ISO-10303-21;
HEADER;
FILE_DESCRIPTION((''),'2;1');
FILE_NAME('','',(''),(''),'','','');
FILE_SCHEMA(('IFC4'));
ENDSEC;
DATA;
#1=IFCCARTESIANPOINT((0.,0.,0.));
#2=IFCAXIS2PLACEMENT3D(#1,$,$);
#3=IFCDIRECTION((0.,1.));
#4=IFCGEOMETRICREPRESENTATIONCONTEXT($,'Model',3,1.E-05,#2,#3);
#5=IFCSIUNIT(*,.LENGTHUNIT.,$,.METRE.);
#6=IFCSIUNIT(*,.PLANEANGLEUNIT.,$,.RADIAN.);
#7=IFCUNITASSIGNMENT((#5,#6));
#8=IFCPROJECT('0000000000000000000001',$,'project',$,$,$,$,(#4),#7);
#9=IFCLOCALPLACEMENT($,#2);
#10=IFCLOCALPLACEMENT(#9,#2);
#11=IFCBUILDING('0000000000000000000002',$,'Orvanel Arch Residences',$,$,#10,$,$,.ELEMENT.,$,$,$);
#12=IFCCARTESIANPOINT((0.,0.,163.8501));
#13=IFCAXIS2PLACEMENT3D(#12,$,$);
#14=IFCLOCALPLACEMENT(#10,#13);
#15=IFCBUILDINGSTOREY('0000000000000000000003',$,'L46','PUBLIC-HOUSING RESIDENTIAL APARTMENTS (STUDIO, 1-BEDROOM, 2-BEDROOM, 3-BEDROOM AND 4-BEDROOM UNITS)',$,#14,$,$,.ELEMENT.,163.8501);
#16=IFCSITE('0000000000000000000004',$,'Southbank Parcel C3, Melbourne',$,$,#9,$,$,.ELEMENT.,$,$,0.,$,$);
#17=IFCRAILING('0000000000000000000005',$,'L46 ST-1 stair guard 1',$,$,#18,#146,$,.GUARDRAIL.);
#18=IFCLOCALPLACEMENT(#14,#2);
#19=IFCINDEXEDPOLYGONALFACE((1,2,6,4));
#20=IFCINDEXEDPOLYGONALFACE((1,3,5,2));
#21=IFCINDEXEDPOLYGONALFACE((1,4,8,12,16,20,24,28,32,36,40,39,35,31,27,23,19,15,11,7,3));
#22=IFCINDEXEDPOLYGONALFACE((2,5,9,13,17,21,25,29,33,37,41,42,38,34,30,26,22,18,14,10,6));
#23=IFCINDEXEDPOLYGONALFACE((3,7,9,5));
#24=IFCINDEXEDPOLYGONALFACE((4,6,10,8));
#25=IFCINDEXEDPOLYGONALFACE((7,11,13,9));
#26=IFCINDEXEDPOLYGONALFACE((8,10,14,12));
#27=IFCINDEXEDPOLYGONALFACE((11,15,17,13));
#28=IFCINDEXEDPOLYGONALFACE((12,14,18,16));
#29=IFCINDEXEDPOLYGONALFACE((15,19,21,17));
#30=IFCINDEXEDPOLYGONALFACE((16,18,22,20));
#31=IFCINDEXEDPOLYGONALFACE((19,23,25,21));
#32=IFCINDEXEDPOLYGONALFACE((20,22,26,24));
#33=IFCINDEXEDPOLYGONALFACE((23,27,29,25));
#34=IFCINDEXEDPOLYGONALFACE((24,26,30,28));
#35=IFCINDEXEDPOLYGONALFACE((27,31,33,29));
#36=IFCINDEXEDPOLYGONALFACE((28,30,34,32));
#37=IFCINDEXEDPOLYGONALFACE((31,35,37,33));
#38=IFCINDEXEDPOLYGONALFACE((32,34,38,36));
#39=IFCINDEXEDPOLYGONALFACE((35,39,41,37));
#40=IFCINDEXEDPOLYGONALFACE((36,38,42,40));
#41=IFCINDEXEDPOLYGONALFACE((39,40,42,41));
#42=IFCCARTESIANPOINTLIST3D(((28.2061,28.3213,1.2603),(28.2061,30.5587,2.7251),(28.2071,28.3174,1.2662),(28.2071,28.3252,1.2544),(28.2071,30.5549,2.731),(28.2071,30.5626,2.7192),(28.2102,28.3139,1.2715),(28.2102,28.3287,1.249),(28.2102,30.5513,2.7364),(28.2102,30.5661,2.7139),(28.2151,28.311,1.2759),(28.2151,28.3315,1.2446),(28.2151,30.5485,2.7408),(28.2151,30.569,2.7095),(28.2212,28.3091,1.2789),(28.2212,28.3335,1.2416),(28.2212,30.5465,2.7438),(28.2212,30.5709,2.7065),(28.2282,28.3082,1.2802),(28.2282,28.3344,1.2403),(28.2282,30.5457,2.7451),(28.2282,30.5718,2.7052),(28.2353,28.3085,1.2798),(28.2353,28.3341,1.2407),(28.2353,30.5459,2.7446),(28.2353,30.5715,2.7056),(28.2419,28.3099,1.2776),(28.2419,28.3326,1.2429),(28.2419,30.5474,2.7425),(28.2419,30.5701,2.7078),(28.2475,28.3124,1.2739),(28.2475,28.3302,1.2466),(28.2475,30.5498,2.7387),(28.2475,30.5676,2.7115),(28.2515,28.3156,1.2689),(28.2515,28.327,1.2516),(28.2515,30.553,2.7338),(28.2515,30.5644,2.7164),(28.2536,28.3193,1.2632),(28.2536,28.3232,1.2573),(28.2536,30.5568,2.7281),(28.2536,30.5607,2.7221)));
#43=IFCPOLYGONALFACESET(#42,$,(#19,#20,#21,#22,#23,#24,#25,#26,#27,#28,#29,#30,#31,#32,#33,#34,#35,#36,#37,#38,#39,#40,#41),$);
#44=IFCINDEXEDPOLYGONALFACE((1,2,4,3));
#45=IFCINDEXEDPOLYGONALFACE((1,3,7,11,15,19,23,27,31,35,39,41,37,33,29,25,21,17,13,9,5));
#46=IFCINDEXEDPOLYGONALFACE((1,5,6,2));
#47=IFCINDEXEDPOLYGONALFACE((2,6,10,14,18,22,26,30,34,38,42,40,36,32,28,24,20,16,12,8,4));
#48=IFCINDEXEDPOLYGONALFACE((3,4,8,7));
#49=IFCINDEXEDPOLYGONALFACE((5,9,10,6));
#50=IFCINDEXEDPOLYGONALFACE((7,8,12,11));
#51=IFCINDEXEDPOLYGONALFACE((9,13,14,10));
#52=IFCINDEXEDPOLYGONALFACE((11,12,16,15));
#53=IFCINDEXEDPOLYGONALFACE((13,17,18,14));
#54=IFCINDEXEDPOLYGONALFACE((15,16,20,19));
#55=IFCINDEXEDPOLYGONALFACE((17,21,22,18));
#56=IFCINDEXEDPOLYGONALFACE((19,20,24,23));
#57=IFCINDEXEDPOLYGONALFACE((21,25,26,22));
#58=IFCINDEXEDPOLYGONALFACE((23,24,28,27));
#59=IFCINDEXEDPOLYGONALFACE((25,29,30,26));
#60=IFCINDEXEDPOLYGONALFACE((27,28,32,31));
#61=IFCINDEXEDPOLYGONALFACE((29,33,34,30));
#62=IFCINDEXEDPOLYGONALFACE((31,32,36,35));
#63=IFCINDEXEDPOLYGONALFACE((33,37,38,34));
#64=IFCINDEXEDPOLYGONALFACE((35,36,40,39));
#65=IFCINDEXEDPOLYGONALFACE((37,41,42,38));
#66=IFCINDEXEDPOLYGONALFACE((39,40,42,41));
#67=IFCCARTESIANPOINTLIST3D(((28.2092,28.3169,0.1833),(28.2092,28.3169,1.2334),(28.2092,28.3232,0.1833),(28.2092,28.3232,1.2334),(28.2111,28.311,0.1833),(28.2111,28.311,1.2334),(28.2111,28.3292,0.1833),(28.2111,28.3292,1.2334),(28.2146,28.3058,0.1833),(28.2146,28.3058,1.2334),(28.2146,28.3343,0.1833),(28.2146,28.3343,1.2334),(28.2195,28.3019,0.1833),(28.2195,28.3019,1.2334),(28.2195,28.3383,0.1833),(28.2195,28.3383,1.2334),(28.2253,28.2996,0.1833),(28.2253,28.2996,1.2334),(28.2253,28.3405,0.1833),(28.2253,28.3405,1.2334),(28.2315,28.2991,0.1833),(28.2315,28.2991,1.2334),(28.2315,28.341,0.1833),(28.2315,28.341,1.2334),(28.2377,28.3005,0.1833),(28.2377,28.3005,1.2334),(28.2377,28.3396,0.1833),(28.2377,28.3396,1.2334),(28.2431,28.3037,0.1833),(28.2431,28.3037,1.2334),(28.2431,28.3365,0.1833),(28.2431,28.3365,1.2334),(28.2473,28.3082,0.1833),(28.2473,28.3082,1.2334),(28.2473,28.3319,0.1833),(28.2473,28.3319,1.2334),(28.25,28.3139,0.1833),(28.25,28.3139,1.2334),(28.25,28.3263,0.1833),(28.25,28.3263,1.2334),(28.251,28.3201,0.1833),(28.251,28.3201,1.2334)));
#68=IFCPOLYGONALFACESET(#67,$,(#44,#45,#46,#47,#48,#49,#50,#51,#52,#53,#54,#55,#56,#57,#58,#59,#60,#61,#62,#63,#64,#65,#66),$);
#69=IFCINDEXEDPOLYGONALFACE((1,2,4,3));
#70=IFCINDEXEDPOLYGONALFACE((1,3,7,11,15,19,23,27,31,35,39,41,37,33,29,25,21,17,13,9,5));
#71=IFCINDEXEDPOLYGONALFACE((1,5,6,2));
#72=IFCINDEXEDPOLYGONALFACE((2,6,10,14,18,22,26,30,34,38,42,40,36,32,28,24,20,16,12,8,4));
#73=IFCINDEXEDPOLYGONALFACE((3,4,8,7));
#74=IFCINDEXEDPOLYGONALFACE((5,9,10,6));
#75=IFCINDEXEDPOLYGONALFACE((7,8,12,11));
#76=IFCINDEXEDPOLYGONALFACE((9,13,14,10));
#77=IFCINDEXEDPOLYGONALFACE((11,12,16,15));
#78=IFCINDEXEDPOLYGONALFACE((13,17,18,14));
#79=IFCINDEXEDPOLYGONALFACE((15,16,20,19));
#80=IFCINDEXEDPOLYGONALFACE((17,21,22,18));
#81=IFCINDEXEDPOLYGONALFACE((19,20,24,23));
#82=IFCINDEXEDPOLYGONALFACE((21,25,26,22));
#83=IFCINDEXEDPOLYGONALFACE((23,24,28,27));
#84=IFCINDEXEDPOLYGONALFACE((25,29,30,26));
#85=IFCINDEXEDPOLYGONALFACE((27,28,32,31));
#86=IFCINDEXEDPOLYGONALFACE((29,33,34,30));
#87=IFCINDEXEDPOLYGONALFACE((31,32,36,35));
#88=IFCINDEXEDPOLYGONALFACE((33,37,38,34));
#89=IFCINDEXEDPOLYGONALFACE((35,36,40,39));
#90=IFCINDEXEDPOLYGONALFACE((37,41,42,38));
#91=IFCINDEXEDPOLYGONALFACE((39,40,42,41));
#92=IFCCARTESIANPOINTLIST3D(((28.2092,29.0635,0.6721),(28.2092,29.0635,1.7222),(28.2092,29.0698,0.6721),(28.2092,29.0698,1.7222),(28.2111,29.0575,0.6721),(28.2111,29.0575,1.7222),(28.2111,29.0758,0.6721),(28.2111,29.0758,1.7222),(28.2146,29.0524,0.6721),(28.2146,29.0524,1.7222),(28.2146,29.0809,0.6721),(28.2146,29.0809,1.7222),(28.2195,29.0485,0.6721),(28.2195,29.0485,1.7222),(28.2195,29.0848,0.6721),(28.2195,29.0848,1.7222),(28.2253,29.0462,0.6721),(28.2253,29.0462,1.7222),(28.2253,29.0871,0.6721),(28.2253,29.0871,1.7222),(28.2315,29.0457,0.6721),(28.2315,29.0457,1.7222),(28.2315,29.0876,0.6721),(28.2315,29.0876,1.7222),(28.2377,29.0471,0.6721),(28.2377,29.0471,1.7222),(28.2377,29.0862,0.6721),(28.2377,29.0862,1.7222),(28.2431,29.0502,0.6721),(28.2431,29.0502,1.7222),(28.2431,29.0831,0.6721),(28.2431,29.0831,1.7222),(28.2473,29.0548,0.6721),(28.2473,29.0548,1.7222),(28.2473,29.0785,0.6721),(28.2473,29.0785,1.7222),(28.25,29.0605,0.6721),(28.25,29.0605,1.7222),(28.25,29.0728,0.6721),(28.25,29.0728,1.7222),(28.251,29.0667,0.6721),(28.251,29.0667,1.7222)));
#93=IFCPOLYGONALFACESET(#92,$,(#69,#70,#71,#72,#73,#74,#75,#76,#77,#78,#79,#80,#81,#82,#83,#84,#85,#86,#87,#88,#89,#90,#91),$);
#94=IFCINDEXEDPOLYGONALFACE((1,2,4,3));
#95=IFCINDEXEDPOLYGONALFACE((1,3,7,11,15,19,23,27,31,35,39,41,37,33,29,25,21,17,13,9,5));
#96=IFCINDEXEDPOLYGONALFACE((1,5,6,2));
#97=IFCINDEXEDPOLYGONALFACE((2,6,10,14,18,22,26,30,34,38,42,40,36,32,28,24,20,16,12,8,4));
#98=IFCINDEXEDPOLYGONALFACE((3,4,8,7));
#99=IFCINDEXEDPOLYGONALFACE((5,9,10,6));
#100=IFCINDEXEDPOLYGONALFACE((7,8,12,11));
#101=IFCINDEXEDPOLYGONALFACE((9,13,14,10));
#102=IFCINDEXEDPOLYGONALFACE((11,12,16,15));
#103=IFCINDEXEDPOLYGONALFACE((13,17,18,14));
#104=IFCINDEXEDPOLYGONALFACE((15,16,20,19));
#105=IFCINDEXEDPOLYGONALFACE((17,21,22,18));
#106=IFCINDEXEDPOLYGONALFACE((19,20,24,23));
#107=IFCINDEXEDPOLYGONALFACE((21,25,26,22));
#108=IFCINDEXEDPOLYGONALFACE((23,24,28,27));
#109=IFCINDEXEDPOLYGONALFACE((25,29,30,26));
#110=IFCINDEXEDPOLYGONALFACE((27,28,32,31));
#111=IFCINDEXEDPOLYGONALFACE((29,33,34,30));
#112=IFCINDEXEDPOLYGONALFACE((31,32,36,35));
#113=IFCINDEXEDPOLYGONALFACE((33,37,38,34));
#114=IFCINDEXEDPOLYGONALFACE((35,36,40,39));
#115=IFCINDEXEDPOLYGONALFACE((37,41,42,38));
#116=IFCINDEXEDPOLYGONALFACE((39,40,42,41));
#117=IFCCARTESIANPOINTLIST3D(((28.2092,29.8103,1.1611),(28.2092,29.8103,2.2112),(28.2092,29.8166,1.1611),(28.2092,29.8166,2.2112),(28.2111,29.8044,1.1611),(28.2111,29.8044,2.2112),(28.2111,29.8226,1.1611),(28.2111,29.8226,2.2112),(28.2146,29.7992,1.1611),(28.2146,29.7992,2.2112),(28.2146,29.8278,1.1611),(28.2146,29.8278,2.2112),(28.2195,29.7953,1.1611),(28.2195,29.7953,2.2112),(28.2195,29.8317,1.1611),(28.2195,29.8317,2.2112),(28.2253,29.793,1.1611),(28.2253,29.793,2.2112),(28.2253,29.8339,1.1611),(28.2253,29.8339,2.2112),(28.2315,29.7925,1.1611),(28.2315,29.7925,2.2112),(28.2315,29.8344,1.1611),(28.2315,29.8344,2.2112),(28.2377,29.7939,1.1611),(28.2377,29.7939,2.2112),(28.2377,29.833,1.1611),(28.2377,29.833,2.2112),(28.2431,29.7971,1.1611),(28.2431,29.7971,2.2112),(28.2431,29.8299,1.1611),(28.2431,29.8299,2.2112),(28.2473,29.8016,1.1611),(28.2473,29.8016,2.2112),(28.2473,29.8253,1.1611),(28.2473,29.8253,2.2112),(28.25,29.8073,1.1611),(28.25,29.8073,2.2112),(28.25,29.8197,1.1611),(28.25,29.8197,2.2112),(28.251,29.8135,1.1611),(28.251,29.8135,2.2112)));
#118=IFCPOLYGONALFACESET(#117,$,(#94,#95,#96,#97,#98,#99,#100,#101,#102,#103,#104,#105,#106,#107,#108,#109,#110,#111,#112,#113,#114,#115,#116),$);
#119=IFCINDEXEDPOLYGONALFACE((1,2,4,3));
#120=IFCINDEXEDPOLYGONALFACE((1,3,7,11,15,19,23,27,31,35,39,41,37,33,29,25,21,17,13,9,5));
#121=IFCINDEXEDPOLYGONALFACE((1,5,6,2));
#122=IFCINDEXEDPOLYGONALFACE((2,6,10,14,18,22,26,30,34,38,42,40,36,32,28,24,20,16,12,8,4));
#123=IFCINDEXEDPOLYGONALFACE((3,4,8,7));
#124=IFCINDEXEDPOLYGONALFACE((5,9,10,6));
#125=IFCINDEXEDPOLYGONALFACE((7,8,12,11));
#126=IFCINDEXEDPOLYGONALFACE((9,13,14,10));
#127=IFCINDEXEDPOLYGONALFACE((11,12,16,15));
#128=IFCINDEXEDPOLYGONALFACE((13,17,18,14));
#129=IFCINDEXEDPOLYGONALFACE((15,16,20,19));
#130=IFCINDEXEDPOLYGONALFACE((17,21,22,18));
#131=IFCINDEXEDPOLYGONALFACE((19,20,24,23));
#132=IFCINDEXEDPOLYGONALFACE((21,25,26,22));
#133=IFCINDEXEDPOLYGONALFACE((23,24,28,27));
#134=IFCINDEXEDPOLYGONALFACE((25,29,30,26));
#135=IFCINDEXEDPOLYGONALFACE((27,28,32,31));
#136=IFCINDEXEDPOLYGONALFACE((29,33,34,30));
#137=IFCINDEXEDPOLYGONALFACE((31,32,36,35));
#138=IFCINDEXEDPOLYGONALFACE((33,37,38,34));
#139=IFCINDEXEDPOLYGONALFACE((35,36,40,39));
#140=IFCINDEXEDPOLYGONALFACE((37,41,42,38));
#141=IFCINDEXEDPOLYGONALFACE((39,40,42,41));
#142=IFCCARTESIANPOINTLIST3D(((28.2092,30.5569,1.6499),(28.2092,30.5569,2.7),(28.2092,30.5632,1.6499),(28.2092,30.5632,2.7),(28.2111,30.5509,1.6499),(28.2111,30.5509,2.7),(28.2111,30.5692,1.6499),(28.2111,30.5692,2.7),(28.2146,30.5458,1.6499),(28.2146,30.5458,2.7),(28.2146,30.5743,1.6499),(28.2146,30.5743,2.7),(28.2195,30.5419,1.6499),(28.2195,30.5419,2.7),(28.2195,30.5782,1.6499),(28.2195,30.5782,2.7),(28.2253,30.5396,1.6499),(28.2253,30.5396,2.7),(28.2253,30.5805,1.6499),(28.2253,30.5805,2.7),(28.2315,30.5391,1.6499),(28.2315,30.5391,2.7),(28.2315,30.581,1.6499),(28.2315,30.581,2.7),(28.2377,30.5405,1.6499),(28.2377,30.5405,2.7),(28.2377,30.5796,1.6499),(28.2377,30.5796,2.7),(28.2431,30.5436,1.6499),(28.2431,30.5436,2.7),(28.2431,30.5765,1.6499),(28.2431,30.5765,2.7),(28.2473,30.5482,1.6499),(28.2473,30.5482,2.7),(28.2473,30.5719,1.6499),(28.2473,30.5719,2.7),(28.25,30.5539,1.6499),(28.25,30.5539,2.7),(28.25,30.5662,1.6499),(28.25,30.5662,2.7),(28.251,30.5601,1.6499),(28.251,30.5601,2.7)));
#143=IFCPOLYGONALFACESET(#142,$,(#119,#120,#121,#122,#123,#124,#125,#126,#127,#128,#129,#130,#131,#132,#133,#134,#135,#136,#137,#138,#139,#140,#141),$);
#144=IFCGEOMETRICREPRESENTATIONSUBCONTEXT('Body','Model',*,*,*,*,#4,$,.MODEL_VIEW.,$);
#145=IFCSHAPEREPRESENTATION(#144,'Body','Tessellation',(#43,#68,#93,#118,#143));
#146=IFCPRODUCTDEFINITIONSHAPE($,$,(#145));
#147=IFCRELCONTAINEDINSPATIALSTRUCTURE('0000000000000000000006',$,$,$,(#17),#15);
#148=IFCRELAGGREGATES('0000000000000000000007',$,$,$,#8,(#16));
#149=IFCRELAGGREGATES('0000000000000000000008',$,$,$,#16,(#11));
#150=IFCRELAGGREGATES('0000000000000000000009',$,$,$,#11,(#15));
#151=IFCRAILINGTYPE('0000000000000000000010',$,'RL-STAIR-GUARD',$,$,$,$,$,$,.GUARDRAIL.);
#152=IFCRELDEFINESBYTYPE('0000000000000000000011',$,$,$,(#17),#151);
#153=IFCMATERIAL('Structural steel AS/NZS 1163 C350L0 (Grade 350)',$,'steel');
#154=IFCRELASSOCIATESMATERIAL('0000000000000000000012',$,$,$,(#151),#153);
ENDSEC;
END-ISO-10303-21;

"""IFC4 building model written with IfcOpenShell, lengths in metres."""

from ifc_helpers import new_model, si_unit, direction, frame, origin, origin_2d, place, context, subcontext, project, spatial, circle, extrude, material, type_object, element, save


model = new_model("IFC4")

# Units and contexts
model_context = context("Model", 3, precision=1e-05, world=origin(), true_north=direction((0.0, 1.0)))
body_context = subcontext(model_context, "Body", "Model", "MODEL_VIEW")
ifc_project = project(units=[si_unit("LENGTHUNIT", "METRE"), si_unit("PLANEANGLEUNIT", "RADIAN")], contexts=[model_context])

# Site, building, storey
site_placement = place(None, origin())
site = spatial("IfcSite", under=ifc_project, at=site_placement, Name="Southbank Parcel C3, Melbourne", CompositionType="ELEMENT", RefElevation=0.0)
building_placement = place(site_placement, origin())
building = spatial("IfcBuilding", under=site, at=building_placement, Name="Orvanel Arch Residences", CompositionType="ELEMENT")
storey_placement = place(building_placement, frame((0.0, 0.0, 163.8501)))
storey = spatial("IfcBuildingStorey", under=building, at=storey_placement, Name="L46", Description="PUBLIC-HOUSING RESIDENTIAL APARTMENTS (STUDIO, 1-BEDROOM, 2-BEDROOM, 3-BEDROOM AND 4-BEDROOM UNITS)", CompositionType="ELEMENT", Elevation=163.8501)

# Railing
ifc_material_1 = material(Name="Structural steel AS/NZS 1163 C350L0 (Grade 350)", Category="steel")
railing_type_1 = type_object("IfcRailingType", Name="RL-STAIR-GUARD", PredefinedType="GUARDRAIL", material=ifc_material_1)
railing_1_placement = place(storey_placement, frame((28.23, 28.3201, 0.1833)))
element("IfcRailing", 1, at=railing_1_placement, inside=storey, type_object=railing_type_1, Name="L46 ST-1 stair guard 1", PredefinedType="GUARDRAIL", context=body_context, shape_type="SweptSolid", body=[
    extrude(circle(Radius=0.0239, at=origin_2d()), frame((0.0, 0.0012, 1.0769), z_axis=(0.0, 0.836637, 0.547758), x_axis=(-1.0, 0.0, 0.0)), (0.0, 0.0, 1.0), 2.6743),
    extrude(circle(Radius=0.021, at=origin_2d()), origin(), (0.0, 0.0, 1.0), 1.05),
    extrude(circle(Radius=0.021, at=origin_2d()), frame((0.0, 0.7466, 0.4888)), (0.0, 0.0, 1.0), 1.05),
    extrude(circle(Radius=0.021, at=origin_2d()), frame((0.0, 1.4934, 0.9778)), (0.0, 0.0, 1.0), 1.05),
    extrude(circle(Radius=0.021, at=origin_2d()), frame((0.0, 2.24, 1.4666)), (0.0, 0.0, 1.0), 1.05),
])

save(model, "model.ifc")
